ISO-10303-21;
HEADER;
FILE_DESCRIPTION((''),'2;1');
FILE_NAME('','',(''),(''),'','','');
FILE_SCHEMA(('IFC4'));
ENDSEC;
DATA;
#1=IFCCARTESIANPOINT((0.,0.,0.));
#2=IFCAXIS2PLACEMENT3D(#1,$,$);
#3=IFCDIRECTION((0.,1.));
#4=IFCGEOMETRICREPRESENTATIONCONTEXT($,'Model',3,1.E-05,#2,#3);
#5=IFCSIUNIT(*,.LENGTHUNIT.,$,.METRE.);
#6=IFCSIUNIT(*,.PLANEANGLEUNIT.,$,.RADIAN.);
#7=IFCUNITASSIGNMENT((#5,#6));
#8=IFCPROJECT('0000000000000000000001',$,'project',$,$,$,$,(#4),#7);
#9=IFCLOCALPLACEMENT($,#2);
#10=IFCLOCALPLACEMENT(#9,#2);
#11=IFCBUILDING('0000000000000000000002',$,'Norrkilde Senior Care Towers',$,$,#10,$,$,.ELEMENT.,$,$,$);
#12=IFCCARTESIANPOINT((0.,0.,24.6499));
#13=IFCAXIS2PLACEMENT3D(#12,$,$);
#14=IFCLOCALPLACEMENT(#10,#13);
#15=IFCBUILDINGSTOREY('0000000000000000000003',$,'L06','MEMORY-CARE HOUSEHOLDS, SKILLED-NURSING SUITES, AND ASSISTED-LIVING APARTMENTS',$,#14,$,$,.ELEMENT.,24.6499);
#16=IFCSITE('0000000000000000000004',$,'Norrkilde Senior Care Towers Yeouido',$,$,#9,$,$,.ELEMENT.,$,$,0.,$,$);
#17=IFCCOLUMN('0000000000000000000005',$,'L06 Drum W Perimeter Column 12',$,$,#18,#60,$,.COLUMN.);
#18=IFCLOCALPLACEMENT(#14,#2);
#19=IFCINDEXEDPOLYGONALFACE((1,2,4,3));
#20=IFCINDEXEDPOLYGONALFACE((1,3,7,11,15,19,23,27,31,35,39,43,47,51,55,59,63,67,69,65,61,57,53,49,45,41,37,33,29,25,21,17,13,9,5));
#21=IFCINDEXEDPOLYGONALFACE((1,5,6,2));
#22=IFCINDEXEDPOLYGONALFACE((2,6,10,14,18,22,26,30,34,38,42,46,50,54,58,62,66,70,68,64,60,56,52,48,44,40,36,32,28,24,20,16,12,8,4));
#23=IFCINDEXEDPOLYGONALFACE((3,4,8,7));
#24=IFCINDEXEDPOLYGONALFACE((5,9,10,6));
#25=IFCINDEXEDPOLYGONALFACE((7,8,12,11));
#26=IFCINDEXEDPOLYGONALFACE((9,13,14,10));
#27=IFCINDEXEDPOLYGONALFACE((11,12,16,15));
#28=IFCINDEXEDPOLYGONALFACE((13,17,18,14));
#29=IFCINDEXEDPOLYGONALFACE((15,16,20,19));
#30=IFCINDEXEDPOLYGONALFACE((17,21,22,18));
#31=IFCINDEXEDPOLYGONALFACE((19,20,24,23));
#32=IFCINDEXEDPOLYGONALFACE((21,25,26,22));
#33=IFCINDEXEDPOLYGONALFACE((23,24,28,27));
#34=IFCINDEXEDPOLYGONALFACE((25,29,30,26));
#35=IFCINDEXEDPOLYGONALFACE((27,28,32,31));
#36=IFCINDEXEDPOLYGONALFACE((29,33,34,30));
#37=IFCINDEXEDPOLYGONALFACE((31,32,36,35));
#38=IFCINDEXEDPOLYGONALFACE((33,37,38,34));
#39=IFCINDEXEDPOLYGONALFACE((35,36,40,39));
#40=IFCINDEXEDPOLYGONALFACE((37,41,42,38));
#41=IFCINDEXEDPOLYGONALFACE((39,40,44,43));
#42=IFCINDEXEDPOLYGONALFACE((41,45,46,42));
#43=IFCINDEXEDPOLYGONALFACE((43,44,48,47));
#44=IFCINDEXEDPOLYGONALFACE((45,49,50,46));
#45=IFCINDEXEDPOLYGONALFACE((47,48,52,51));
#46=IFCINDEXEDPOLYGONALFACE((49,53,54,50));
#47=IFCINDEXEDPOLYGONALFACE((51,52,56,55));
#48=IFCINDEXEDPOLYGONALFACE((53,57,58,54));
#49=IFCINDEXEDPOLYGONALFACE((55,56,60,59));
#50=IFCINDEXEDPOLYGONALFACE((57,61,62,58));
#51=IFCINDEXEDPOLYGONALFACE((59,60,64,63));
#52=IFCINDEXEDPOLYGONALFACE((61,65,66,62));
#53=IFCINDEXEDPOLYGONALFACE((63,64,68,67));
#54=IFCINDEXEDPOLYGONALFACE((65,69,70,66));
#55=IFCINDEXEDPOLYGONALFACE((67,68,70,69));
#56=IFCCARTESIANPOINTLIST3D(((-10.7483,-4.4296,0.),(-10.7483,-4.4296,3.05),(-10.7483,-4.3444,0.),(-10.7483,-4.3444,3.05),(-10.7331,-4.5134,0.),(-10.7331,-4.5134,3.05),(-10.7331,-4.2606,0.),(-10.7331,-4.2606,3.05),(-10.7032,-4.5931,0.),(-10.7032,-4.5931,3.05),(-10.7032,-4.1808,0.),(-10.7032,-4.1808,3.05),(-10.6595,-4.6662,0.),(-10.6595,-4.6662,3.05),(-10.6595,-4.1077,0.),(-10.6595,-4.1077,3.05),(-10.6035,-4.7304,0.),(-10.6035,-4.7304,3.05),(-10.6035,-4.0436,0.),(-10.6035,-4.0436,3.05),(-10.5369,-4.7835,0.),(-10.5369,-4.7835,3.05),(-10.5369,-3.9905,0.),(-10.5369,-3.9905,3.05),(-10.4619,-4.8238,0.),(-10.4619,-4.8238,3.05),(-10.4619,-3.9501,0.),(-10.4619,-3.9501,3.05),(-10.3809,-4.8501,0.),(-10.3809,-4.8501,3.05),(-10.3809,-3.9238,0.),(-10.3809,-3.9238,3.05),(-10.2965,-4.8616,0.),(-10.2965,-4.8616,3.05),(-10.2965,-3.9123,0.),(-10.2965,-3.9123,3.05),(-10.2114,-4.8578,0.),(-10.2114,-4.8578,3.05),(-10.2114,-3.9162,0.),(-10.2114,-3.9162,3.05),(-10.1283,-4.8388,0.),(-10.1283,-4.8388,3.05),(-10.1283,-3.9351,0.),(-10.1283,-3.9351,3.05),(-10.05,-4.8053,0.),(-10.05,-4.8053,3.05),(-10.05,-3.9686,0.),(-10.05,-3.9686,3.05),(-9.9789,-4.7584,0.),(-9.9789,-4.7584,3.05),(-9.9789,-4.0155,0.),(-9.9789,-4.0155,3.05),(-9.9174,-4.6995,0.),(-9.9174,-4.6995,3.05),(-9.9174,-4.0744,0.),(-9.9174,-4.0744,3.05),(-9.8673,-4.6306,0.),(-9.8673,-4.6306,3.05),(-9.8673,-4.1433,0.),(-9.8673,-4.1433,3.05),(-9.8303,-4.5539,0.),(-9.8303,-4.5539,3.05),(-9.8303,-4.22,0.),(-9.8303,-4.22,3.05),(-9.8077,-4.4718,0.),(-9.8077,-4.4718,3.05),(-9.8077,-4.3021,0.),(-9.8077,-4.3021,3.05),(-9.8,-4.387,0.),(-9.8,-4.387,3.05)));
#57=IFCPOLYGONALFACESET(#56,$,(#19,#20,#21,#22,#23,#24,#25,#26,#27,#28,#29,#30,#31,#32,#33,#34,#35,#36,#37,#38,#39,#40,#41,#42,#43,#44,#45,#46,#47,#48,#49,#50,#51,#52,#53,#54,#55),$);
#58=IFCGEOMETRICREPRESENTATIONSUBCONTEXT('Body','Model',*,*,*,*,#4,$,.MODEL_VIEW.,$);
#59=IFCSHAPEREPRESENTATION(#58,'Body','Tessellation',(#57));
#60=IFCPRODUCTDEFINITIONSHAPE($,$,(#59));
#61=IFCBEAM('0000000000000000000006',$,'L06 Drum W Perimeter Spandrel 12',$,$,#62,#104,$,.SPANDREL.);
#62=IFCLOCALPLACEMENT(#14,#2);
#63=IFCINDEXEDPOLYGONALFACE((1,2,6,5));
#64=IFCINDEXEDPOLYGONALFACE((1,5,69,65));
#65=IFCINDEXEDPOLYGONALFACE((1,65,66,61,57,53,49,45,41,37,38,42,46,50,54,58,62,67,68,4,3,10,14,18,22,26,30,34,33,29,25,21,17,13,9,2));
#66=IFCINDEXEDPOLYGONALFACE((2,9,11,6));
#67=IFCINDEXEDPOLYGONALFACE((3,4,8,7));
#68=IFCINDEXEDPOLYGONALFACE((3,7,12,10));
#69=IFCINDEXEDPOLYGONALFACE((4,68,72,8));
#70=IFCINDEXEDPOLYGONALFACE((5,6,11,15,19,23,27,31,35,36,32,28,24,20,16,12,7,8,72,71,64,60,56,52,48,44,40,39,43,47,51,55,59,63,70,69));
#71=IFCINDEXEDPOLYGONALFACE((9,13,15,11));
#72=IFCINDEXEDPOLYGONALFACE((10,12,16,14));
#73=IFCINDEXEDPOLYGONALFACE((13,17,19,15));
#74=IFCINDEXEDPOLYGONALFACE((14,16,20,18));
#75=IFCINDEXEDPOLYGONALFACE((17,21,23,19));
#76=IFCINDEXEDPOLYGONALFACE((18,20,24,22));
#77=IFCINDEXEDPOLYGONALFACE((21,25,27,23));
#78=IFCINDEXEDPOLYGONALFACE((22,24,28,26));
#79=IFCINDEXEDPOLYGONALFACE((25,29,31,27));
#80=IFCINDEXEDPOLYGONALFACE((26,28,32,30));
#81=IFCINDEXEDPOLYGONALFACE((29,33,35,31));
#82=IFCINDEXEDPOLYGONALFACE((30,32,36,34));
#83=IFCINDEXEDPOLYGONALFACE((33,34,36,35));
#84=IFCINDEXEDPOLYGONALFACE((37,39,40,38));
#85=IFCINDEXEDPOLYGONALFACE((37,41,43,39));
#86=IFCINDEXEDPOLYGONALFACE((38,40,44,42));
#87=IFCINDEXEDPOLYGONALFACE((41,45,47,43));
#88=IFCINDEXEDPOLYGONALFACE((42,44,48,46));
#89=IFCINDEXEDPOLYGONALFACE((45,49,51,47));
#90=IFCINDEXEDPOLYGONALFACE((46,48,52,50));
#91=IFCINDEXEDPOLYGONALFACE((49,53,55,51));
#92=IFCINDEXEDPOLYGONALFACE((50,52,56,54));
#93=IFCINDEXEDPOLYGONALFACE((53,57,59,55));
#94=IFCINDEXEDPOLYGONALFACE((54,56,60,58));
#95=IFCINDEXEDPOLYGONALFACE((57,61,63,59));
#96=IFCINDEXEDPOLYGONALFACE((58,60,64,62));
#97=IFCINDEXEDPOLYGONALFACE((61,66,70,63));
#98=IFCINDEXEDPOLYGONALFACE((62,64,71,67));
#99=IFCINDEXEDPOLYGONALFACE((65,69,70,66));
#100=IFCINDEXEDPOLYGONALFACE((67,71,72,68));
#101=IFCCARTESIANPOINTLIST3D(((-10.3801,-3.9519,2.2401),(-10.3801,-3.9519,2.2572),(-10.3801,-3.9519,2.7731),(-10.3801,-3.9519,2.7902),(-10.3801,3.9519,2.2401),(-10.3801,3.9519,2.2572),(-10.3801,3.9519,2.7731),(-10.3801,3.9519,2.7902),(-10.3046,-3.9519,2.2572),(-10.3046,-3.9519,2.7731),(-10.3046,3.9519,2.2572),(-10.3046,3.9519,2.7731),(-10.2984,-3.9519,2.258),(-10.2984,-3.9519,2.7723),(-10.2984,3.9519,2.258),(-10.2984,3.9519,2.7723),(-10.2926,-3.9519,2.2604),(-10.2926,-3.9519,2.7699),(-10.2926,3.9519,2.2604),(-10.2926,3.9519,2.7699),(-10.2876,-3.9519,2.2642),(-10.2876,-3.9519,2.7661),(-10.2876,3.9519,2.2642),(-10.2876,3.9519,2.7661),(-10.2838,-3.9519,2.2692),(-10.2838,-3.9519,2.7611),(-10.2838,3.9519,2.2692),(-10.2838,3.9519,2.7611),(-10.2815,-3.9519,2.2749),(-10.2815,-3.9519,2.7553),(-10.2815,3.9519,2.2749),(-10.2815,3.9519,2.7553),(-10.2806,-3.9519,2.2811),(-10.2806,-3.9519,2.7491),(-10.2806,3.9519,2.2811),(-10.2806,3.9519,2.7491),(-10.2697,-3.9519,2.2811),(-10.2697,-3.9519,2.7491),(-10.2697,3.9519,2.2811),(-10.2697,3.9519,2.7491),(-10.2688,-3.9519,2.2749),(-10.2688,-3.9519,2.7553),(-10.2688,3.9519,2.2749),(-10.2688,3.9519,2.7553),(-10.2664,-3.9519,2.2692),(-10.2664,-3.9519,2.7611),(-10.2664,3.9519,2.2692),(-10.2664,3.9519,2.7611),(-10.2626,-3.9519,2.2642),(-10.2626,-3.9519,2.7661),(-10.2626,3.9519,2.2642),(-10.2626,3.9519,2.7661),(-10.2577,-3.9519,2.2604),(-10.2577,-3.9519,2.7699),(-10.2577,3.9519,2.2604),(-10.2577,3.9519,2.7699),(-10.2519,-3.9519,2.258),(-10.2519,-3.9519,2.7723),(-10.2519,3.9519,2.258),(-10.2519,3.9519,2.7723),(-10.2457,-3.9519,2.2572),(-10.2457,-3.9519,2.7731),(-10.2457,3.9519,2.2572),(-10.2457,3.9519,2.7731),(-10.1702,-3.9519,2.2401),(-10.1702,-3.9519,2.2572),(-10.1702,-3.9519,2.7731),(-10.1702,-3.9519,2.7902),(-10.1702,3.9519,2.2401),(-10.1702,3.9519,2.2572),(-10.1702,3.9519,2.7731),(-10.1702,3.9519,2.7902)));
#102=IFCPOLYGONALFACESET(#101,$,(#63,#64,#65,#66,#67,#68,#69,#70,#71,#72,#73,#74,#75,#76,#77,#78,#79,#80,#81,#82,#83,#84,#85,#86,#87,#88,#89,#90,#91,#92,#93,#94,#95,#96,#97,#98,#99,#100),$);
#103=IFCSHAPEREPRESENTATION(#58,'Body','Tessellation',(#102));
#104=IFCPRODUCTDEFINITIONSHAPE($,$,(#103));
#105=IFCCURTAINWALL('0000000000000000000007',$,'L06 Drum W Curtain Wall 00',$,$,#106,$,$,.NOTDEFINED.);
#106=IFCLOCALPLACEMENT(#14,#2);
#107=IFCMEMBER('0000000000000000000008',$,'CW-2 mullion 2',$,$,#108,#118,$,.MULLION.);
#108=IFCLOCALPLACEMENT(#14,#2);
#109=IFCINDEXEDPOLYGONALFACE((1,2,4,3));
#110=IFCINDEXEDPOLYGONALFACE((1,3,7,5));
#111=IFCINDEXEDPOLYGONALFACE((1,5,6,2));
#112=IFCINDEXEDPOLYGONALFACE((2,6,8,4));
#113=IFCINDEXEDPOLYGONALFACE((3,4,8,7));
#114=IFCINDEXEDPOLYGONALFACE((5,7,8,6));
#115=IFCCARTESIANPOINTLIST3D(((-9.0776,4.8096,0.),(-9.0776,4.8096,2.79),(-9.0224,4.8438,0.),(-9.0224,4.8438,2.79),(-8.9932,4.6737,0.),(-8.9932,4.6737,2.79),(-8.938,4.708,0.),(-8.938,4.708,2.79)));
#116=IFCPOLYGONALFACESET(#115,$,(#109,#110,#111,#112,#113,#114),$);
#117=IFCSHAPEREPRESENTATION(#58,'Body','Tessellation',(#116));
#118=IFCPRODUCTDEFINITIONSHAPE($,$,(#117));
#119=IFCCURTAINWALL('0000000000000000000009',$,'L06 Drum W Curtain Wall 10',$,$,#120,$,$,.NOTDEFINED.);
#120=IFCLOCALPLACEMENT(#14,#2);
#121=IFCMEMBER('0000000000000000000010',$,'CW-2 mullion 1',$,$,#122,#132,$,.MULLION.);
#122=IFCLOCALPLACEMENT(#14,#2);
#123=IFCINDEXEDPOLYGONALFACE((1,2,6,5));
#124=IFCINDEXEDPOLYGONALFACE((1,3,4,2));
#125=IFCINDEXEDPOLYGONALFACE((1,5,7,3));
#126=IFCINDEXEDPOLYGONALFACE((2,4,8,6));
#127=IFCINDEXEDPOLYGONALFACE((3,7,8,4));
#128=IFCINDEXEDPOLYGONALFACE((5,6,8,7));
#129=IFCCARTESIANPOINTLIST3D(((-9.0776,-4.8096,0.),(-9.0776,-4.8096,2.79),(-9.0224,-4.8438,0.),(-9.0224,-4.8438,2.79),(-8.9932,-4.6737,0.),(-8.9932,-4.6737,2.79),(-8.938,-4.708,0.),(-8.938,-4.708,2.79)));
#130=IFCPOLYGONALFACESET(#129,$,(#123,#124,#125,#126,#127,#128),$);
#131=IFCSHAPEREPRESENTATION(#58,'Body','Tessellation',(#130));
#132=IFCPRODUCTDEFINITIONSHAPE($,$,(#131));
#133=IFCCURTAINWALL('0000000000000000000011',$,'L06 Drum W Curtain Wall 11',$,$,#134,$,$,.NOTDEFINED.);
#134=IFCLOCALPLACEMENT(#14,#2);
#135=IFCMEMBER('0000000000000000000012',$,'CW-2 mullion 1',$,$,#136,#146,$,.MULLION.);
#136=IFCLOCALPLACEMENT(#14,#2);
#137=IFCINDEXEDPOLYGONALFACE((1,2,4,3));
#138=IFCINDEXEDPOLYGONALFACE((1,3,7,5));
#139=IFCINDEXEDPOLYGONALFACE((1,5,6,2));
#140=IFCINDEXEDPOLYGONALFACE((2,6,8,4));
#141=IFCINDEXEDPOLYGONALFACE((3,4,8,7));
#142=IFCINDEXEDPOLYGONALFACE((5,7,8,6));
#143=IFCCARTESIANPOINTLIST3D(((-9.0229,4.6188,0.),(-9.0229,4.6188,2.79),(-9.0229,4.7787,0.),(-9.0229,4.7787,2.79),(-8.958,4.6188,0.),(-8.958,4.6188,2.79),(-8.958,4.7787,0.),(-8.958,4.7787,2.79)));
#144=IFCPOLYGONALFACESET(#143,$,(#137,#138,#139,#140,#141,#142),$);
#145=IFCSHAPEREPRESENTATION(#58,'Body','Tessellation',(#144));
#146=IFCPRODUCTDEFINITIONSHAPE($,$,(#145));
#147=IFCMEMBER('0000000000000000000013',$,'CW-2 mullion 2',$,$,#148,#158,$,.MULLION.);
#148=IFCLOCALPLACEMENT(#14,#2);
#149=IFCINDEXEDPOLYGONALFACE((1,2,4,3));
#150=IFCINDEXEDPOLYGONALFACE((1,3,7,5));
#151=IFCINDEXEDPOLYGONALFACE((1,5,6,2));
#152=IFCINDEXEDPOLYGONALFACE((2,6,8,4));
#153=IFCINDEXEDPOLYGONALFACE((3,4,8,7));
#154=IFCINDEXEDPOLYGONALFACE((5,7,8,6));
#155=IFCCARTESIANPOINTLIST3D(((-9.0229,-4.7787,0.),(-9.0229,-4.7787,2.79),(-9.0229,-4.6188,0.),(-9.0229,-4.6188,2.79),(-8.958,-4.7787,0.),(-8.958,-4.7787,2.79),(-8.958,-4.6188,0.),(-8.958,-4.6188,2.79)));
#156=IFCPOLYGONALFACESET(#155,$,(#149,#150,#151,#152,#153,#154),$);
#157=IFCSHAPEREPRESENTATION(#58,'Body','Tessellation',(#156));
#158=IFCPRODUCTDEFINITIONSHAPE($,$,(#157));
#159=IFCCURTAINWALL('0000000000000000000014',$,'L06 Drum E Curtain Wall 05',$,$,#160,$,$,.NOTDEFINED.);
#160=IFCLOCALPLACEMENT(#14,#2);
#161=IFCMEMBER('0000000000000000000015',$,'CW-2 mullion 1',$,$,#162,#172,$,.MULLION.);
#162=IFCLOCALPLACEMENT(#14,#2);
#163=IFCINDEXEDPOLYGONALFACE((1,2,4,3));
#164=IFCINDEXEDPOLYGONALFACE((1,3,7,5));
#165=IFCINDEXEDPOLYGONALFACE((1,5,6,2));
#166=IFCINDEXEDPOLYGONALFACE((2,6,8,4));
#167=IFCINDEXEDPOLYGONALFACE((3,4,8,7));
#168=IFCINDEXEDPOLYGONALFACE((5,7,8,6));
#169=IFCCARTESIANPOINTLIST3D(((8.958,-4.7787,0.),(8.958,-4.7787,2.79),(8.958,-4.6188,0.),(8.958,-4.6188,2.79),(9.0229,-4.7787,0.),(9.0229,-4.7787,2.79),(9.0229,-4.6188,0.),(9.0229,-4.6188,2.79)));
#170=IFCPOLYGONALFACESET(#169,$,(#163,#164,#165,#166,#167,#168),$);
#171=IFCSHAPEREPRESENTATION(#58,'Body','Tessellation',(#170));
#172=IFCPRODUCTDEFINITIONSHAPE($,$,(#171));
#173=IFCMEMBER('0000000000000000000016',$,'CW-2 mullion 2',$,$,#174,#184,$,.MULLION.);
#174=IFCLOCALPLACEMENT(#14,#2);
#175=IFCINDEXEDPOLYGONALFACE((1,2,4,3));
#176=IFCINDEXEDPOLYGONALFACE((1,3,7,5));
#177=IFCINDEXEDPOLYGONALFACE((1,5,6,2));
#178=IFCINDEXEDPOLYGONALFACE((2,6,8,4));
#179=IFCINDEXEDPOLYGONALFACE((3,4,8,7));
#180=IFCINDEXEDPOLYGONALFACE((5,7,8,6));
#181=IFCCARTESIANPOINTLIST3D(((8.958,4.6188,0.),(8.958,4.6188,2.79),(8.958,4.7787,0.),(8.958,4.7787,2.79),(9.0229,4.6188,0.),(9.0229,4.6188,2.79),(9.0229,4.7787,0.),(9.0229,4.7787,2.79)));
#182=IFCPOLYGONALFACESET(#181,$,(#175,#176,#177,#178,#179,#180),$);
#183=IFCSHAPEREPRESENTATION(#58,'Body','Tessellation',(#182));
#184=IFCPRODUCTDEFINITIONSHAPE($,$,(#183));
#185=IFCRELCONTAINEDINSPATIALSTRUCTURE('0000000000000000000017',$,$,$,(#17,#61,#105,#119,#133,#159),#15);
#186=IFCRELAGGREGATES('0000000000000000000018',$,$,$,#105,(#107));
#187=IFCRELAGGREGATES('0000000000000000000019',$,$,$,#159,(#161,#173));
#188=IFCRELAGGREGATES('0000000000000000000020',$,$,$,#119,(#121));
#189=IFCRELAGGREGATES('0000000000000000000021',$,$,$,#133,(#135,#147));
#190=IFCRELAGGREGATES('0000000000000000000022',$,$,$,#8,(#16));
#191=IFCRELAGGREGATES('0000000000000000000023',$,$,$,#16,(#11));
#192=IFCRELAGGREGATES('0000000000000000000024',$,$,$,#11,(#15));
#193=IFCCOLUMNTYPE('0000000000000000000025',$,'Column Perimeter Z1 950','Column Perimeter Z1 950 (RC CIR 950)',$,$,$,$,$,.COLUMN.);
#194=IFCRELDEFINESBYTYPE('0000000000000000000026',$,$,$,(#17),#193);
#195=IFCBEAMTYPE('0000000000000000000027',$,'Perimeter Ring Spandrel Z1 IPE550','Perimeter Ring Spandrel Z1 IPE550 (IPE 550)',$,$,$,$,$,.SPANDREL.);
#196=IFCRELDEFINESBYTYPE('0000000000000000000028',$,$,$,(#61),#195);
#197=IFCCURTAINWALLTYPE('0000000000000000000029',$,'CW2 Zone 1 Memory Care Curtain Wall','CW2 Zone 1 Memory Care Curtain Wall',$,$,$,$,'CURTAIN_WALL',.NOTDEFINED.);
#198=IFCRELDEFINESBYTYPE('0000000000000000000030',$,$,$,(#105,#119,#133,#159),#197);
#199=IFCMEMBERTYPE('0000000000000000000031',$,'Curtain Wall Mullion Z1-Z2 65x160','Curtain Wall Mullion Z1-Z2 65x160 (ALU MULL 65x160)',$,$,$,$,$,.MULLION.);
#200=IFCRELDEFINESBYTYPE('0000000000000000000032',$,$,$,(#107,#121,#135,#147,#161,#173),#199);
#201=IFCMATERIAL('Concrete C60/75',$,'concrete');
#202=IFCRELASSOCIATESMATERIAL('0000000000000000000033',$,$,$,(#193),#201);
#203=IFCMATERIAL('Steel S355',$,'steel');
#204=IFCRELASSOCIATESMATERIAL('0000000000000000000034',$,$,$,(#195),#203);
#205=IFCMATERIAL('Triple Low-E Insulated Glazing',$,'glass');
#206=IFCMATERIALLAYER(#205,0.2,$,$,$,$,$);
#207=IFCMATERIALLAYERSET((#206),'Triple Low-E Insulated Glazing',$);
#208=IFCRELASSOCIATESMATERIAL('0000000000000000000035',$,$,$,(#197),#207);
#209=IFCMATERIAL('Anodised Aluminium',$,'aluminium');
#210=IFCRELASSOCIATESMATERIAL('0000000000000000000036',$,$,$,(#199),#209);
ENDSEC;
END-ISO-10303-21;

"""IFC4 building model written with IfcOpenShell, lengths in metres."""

from ifc_helpers import new_model, si_unit, direction, frame, origin, origin_2d, place, context, subcontext, project, spatial, rectangle, circle, i_section, extrude, source, transform, mapped, material, layer, layer_set, material_profile, profile_set, type_object, type_shapes, element, aggregate, save


model = new_model("IFC4")

# Units and contexts
model_context = context("Model", 3, precision=1e-05, world=origin(), true_north=direction((0.0, 1.0)))
body_context = subcontext(model_context, "Body", "Model", "MODEL_VIEW")
ifc_project = project(units=[si_unit("LENGTHUNIT", "METRE"), si_unit("PLANEANGLEUNIT", "RADIAN")], contexts=[model_context])

# Site, building, storey
site_placement = place(None, origin())
site = spatial("IfcSite", under=ifc_project, at=site_placement, Name="Norrkilde Senior Care Towers Yeouido", CompositionType="ELEMENT", RefElevation=0.0)
building_placement = place(site_placement, origin())
building = spatial("IfcBuilding", under=site, at=building_placement, Name="Norrkilde Senior Care Towers", CompositionType="ELEMENT")
storey_placement = place(building_placement, frame((0.0, 0.0, 24.6499)))
storey = spatial("IfcBuildingStorey", under=building, at=storey_placement, Name="L06", Description="MEMORY-CARE HOUSEHOLDS, SKILLED-NURSING SUITES, AND ASSISTED-LIVING APARTMENTS", CompositionType="ELEMENT", Elevation=24.6499)

# Column
ifc_material_1 = material(Name="Concrete C60/75", Category="concrete")
ifc_material_profile_1 = material_profile(ifc_material_1, circle(Radius=0.4751, at=origin_2d()), Name="RC CIR 950")
ifc_profile_set_1 = profile_set([ifc_material_profile_1], Name="Concrete C60/75")
column_type = type_object("IfcColumnType", Name="Column Perimeter Z1 950", Description="Column Perimeter Z1 950 (RC CIR 950)", PredefinedType="COLUMN", material=ifc_profile_set_1)
shared_shape_1 = source(origin(), body_context, "Body", "SweptSolid", [
    extrude(circle(Radius=0.4751, at=origin_2d()), origin(), (0.0, 0.0, 1.0), 3.05),
])
type_shapes(column_type, [shared_shape_1])
column_placement = place(storey_placement, frame((-10.2751, -4.387, 0.0), z_axis=(0.0, 0.0, 1.0), x_axis=(1.0, 0.0, 0.0)))
element("IfcColumn", 1, at=column_placement, inside=storey, type_object=column_type, Name="L06 Drum W Perimeter Column 12", PredefinedType="COLUMN", context=body_context, shape_type="MappedRepresentation", body=[
    mapped(shared_shape_1, transform((0.0, 0.0, 0.0), x_axis=(1.0, 0.0, 0.0), y_axis=(0.0, 1.0, 0.0), z_axis=(0.0, 0.0, 1.0), scale=1.0)),
])

# Beam
ifc_material_2 = material(Name="Steel S355", Category="steel")
ifc_material_profile_2 = material_profile(ifc_material_2, i_section(OverallWidth=0.21, OverallDepth=0.55, WebThickness=0.011, FlangeThickness=0.0171, FilletRadius=0.0239, at=origin_2d()), Name="IPE 550")
ifc_profile_set_2 = profile_set([ifc_material_profile_2], Name="Steel S355")
beam_type = type_object("IfcBeamType", Name="Perimeter Ring Spandrel Z1 IPE550", Description="Perimeter Ring Spandrel Z1 IPE550 (IPE 550)", PredefinedType="SPANDREL", material=ifc_profile_set_2)
shared_shape_2 = source(origin(), body_context, "Body", "SweptSolid", [
    extrude(i_section(OverallWidth=0.21, OverallDepth=0.55, WebThickness=0.011, FlangeThickness=0.0171, FilletRadius=0.0239, at=origin_2d()), origin(), (0.0, 0.0, 1.0), 7.9038),
])
type_shapes(beam_type, [shared_shape_2])
beam_placement = place(storey_placement, frame((-10.2751, -3.9519, 2.5151), z_axis=(0.0, 1.0, 0.0), x_axis=(-1.0, 0.0, 0.0)))
element("IfcBeam", 2, at=beam_placement, inside=storey, type_object=beam_type, Name="L06 Drum W Perimeter Spandrel 12", PredefinedType="SPANDREL", context=body_context, shape_type="MappedRepresentation", body=[
    mapped(shared_shape_2, transform((0.0, 0.0, 0.0), x_axis=(1.0, 0.0, 0.0), y_axis=(0.0, 1.0, 0.0), z_axis=(0.0, 0.0, 1.0), scale=1.0)),
])

# Curtain walls, members
ifc_material_3 = material(Name="Triple Low-E Insulated Glazing", Category="glass")
ifc_layer_1 = layer(ifc_material_3, 0.2)
ifc_layer_set_1 = layer_set([ifc_layer_1], Name="Triple Low-E Insulated Glazing")
curtain_wall_type = type_object("IfcCurtainWallType", Name="CW2 Zone 1 Memory Care Curtain Wall", Description="CW2 Zone 1 Memory Care Curtain Wall", ElementType="CURTAIN_WALL", PredefinedType="NOTDEFINED", material=ifc_layer_set_1)
curtain_wall_1_placement = place(storey_placement, origin())
curtain_wall_1 = element("IfcCurtainWall", 3, at=curtain_wall_1_placement, inside=storey, type_object=curtain_wall_type, Name="L06 Drum W Curtain Wall 00", PredefinedType="NOTDEFINED")
ifc_material_4 = material(Name="Anodised Aluminium", Category="aluminium")
ifc_material_profile_3 = material_profile(ifc_material_4, rectangle(XDim=0.0649, YDim=0.1599, at=origin_2d()), Name="ALU MULL 65x160")
ifc_profile_set_3 = profile_set([ifc_material_profile_3], Name="Anodised Aluminium")
member_type_1 = type_object("IfcMemberType", Name="Curtain Wall Mullion Z1-Z2 65x160", Description="Curtain Wall Mullion Z1-Z2 65x160 (ALU MULL 65x160)", PredefinedType="MULLION", material=ifc_profile_set_3)
shared_shape_3 = source(origin(), body_context, "Body", "SweptSolid", [
    extrude(rectangle(XDim=0.0649, YDim=0.1599, at=origin_2d()), origin(), (0.0, 0.0, 1.0), 2.79),
])
type_shapes(member_type_1, [shared_shape_3])
member_1_placement = place(storey_placement, frame((-9.0078, 4.7588, 0.0), z_axis=(0.0, 0.0, 1.0), x_axis=(0.849306, 0.527901, 0.0)))
member_1 = element("IfcMember", 4, at=member_1_placement, type_object=member_type_1, Name="CW-2 mullion 2", PredefinedType="MULLION", context=body_context, shape_type="MappedRepresentation", body=[
    mapped(shared_shape_3, transform((0.0, 0.0, 0.0), x_axis=(1.0, 0.0, 0.0), y_axis=(0.0, 1.0, 0.0), z_axis=(0.0, 0.0, 1.0), scale=1.0)),
])
aggregate(curtain_wall_1, [member_1])
curtain_wall_2_placement = place(storey_placement, origin())
curtain_wall_2 = element("IfcCurtainWall", 5, at=curtain_wall_2_placement, inside=storey, type_object=curtain_wall_type, Name="L06 Drum W Curtain Wall 10", PredefinedType="NOTDEFINED")
member_2_placement = place(storey_placement, frame((-9.0078, -4.7588, 0.0), z_axis=(0.0, 0.0, 1.0), x_axis=(0.849306, -0.527901, 0.0)))
member_2 = element("IfcMember", 6, at=member_2_placement, type_object=member_type_1, Name="CW-2 mullion 1", PredefinedType="MULLION", context=body_context, shape_type="MappedRepresentation", body=[
    mapped(shared_shape_3, transform((0.0, 0.0, 0.0), x_axis=(1.0, 0.0, 0.0), y_axis=(0.0, 1.0, 0.0), z_axis=(0.0, 0.0, 1.0), scale=1.0)),
])

# Curtain walls, members
curtain_wall_3_placement = place(storey_placement, origin())
curtain_wall_3 = element("IfcCurtainWall", 7, at=curtain_wall_3_placement, inside=storey, type_object=curtain_wall_type, Name="L06 Drum W Curtain Wall 11", PredefinedType="NOTDEFINED")
member_3_placement = place(storey_placement, frame((-8.9905, 4.6987, 0.0), z_axis=(0.0, 0.0, 1.0), x_axis=(1.0, 0.0, 0.0)))
member_3 = element("IfcMember", 8, at=member_3_placement, type_object=member_type_1, Name="CW-2 mullion 1", PredefinedType="MULLION", context=body_context, shape_type="MappedRepresentation", body=[
    mapped(shared_shape_3, transform((0.0, 0.0, 0.0), x_axis=(1.0, 0.0, 0.0), y_axis=(0.0, 1.0, 0.0), z_axis=(0.0, 0.0, 1.0), scale=1.0)),
])
member_4_placement = place(storey_placement, frame((-8.9905, -4.6987, 0.0), z_axis=(0.0, 0.0, 1.0), x_axis=(1.0, 0.0, 0.0)))
member_4 = element("IfcMember", 9, at=member_4_placement, type_object=member_type_1, Name="CW-2 mullion 2", PredefinedType="MULLION", context=body_context, shape_type="MappedRepresentation", body=[
    mapped(shared_shape_3, transform((0.0, 0.0, 0.0), x_axis=(1.0, 0.0, 0.0), y_axis=(0.0, 1.0, 0.0), z_axis=(0.0, 0.0, 1.0), scale=1.0)),
])
curtain_wall_4_placement = place(storey_placement, origin())
curtain_wall_4 = element("IfcCurtainWall", 10, at=curtain_wall_4_placement, inside=storey, type_object=curtain_wall_type, Name="L06 Drum E Curtain Wall 05", PredefinedType="NOTDEFINED")
member_5_placement = place(storey_placement, frame((8.9905, -4.6987, 0.0), z_axis=(0.0, 0.0, 1.0), x_axis=(-1.0, 0.0, 0.0)))
member_5 = element("IfcMember", 11, at=member_5_placement, type_object=member_type_1, Name="CW-2 mullion 1", PredefinedType="MULLION", context=body_context, shape_type="MappedRepresentation", body=[
    mapped(shared_shape_3, transform((0.0, 0.0, 0.0), x_axis=(1.0, 0.0, 0.0), y_axis=(0.0, 1.0, 0.0), z_axis=(0.0, 0.0, 1.0), scale=1.0)),
])
member_6_placement = place(storey_placement, frame((8.9905, 4.6987, 0.0), z_axis=(0.0, 0.0, 1.0), x_axis=(-1.0, 0.0, 0.0)))
member_6 = element("IfcMember", 12, at=member_6_placement, type_object=member_type_1, Name="CW-2 mullion 2", PredefinedType="MULLION", context=body_context, shape_type="MappedRepresentation", body=[
    mapped(shared_shape_3, transform((0.0, 0.0, 0.0), x_axis=(1.0, 0.0, 0.0), y_axis=(0.0, 1.0, 0.0), z_axis=(0.0, 0.0, 1.0), scale=1.0)),
])
aggregate(curtain_wall_4, [member_5, member_6])

aggregate(curtain_wall_2, [member_2])

aggregate(curtain_wall_3, [member_3, member_4])

save(model, "model.ifc")
